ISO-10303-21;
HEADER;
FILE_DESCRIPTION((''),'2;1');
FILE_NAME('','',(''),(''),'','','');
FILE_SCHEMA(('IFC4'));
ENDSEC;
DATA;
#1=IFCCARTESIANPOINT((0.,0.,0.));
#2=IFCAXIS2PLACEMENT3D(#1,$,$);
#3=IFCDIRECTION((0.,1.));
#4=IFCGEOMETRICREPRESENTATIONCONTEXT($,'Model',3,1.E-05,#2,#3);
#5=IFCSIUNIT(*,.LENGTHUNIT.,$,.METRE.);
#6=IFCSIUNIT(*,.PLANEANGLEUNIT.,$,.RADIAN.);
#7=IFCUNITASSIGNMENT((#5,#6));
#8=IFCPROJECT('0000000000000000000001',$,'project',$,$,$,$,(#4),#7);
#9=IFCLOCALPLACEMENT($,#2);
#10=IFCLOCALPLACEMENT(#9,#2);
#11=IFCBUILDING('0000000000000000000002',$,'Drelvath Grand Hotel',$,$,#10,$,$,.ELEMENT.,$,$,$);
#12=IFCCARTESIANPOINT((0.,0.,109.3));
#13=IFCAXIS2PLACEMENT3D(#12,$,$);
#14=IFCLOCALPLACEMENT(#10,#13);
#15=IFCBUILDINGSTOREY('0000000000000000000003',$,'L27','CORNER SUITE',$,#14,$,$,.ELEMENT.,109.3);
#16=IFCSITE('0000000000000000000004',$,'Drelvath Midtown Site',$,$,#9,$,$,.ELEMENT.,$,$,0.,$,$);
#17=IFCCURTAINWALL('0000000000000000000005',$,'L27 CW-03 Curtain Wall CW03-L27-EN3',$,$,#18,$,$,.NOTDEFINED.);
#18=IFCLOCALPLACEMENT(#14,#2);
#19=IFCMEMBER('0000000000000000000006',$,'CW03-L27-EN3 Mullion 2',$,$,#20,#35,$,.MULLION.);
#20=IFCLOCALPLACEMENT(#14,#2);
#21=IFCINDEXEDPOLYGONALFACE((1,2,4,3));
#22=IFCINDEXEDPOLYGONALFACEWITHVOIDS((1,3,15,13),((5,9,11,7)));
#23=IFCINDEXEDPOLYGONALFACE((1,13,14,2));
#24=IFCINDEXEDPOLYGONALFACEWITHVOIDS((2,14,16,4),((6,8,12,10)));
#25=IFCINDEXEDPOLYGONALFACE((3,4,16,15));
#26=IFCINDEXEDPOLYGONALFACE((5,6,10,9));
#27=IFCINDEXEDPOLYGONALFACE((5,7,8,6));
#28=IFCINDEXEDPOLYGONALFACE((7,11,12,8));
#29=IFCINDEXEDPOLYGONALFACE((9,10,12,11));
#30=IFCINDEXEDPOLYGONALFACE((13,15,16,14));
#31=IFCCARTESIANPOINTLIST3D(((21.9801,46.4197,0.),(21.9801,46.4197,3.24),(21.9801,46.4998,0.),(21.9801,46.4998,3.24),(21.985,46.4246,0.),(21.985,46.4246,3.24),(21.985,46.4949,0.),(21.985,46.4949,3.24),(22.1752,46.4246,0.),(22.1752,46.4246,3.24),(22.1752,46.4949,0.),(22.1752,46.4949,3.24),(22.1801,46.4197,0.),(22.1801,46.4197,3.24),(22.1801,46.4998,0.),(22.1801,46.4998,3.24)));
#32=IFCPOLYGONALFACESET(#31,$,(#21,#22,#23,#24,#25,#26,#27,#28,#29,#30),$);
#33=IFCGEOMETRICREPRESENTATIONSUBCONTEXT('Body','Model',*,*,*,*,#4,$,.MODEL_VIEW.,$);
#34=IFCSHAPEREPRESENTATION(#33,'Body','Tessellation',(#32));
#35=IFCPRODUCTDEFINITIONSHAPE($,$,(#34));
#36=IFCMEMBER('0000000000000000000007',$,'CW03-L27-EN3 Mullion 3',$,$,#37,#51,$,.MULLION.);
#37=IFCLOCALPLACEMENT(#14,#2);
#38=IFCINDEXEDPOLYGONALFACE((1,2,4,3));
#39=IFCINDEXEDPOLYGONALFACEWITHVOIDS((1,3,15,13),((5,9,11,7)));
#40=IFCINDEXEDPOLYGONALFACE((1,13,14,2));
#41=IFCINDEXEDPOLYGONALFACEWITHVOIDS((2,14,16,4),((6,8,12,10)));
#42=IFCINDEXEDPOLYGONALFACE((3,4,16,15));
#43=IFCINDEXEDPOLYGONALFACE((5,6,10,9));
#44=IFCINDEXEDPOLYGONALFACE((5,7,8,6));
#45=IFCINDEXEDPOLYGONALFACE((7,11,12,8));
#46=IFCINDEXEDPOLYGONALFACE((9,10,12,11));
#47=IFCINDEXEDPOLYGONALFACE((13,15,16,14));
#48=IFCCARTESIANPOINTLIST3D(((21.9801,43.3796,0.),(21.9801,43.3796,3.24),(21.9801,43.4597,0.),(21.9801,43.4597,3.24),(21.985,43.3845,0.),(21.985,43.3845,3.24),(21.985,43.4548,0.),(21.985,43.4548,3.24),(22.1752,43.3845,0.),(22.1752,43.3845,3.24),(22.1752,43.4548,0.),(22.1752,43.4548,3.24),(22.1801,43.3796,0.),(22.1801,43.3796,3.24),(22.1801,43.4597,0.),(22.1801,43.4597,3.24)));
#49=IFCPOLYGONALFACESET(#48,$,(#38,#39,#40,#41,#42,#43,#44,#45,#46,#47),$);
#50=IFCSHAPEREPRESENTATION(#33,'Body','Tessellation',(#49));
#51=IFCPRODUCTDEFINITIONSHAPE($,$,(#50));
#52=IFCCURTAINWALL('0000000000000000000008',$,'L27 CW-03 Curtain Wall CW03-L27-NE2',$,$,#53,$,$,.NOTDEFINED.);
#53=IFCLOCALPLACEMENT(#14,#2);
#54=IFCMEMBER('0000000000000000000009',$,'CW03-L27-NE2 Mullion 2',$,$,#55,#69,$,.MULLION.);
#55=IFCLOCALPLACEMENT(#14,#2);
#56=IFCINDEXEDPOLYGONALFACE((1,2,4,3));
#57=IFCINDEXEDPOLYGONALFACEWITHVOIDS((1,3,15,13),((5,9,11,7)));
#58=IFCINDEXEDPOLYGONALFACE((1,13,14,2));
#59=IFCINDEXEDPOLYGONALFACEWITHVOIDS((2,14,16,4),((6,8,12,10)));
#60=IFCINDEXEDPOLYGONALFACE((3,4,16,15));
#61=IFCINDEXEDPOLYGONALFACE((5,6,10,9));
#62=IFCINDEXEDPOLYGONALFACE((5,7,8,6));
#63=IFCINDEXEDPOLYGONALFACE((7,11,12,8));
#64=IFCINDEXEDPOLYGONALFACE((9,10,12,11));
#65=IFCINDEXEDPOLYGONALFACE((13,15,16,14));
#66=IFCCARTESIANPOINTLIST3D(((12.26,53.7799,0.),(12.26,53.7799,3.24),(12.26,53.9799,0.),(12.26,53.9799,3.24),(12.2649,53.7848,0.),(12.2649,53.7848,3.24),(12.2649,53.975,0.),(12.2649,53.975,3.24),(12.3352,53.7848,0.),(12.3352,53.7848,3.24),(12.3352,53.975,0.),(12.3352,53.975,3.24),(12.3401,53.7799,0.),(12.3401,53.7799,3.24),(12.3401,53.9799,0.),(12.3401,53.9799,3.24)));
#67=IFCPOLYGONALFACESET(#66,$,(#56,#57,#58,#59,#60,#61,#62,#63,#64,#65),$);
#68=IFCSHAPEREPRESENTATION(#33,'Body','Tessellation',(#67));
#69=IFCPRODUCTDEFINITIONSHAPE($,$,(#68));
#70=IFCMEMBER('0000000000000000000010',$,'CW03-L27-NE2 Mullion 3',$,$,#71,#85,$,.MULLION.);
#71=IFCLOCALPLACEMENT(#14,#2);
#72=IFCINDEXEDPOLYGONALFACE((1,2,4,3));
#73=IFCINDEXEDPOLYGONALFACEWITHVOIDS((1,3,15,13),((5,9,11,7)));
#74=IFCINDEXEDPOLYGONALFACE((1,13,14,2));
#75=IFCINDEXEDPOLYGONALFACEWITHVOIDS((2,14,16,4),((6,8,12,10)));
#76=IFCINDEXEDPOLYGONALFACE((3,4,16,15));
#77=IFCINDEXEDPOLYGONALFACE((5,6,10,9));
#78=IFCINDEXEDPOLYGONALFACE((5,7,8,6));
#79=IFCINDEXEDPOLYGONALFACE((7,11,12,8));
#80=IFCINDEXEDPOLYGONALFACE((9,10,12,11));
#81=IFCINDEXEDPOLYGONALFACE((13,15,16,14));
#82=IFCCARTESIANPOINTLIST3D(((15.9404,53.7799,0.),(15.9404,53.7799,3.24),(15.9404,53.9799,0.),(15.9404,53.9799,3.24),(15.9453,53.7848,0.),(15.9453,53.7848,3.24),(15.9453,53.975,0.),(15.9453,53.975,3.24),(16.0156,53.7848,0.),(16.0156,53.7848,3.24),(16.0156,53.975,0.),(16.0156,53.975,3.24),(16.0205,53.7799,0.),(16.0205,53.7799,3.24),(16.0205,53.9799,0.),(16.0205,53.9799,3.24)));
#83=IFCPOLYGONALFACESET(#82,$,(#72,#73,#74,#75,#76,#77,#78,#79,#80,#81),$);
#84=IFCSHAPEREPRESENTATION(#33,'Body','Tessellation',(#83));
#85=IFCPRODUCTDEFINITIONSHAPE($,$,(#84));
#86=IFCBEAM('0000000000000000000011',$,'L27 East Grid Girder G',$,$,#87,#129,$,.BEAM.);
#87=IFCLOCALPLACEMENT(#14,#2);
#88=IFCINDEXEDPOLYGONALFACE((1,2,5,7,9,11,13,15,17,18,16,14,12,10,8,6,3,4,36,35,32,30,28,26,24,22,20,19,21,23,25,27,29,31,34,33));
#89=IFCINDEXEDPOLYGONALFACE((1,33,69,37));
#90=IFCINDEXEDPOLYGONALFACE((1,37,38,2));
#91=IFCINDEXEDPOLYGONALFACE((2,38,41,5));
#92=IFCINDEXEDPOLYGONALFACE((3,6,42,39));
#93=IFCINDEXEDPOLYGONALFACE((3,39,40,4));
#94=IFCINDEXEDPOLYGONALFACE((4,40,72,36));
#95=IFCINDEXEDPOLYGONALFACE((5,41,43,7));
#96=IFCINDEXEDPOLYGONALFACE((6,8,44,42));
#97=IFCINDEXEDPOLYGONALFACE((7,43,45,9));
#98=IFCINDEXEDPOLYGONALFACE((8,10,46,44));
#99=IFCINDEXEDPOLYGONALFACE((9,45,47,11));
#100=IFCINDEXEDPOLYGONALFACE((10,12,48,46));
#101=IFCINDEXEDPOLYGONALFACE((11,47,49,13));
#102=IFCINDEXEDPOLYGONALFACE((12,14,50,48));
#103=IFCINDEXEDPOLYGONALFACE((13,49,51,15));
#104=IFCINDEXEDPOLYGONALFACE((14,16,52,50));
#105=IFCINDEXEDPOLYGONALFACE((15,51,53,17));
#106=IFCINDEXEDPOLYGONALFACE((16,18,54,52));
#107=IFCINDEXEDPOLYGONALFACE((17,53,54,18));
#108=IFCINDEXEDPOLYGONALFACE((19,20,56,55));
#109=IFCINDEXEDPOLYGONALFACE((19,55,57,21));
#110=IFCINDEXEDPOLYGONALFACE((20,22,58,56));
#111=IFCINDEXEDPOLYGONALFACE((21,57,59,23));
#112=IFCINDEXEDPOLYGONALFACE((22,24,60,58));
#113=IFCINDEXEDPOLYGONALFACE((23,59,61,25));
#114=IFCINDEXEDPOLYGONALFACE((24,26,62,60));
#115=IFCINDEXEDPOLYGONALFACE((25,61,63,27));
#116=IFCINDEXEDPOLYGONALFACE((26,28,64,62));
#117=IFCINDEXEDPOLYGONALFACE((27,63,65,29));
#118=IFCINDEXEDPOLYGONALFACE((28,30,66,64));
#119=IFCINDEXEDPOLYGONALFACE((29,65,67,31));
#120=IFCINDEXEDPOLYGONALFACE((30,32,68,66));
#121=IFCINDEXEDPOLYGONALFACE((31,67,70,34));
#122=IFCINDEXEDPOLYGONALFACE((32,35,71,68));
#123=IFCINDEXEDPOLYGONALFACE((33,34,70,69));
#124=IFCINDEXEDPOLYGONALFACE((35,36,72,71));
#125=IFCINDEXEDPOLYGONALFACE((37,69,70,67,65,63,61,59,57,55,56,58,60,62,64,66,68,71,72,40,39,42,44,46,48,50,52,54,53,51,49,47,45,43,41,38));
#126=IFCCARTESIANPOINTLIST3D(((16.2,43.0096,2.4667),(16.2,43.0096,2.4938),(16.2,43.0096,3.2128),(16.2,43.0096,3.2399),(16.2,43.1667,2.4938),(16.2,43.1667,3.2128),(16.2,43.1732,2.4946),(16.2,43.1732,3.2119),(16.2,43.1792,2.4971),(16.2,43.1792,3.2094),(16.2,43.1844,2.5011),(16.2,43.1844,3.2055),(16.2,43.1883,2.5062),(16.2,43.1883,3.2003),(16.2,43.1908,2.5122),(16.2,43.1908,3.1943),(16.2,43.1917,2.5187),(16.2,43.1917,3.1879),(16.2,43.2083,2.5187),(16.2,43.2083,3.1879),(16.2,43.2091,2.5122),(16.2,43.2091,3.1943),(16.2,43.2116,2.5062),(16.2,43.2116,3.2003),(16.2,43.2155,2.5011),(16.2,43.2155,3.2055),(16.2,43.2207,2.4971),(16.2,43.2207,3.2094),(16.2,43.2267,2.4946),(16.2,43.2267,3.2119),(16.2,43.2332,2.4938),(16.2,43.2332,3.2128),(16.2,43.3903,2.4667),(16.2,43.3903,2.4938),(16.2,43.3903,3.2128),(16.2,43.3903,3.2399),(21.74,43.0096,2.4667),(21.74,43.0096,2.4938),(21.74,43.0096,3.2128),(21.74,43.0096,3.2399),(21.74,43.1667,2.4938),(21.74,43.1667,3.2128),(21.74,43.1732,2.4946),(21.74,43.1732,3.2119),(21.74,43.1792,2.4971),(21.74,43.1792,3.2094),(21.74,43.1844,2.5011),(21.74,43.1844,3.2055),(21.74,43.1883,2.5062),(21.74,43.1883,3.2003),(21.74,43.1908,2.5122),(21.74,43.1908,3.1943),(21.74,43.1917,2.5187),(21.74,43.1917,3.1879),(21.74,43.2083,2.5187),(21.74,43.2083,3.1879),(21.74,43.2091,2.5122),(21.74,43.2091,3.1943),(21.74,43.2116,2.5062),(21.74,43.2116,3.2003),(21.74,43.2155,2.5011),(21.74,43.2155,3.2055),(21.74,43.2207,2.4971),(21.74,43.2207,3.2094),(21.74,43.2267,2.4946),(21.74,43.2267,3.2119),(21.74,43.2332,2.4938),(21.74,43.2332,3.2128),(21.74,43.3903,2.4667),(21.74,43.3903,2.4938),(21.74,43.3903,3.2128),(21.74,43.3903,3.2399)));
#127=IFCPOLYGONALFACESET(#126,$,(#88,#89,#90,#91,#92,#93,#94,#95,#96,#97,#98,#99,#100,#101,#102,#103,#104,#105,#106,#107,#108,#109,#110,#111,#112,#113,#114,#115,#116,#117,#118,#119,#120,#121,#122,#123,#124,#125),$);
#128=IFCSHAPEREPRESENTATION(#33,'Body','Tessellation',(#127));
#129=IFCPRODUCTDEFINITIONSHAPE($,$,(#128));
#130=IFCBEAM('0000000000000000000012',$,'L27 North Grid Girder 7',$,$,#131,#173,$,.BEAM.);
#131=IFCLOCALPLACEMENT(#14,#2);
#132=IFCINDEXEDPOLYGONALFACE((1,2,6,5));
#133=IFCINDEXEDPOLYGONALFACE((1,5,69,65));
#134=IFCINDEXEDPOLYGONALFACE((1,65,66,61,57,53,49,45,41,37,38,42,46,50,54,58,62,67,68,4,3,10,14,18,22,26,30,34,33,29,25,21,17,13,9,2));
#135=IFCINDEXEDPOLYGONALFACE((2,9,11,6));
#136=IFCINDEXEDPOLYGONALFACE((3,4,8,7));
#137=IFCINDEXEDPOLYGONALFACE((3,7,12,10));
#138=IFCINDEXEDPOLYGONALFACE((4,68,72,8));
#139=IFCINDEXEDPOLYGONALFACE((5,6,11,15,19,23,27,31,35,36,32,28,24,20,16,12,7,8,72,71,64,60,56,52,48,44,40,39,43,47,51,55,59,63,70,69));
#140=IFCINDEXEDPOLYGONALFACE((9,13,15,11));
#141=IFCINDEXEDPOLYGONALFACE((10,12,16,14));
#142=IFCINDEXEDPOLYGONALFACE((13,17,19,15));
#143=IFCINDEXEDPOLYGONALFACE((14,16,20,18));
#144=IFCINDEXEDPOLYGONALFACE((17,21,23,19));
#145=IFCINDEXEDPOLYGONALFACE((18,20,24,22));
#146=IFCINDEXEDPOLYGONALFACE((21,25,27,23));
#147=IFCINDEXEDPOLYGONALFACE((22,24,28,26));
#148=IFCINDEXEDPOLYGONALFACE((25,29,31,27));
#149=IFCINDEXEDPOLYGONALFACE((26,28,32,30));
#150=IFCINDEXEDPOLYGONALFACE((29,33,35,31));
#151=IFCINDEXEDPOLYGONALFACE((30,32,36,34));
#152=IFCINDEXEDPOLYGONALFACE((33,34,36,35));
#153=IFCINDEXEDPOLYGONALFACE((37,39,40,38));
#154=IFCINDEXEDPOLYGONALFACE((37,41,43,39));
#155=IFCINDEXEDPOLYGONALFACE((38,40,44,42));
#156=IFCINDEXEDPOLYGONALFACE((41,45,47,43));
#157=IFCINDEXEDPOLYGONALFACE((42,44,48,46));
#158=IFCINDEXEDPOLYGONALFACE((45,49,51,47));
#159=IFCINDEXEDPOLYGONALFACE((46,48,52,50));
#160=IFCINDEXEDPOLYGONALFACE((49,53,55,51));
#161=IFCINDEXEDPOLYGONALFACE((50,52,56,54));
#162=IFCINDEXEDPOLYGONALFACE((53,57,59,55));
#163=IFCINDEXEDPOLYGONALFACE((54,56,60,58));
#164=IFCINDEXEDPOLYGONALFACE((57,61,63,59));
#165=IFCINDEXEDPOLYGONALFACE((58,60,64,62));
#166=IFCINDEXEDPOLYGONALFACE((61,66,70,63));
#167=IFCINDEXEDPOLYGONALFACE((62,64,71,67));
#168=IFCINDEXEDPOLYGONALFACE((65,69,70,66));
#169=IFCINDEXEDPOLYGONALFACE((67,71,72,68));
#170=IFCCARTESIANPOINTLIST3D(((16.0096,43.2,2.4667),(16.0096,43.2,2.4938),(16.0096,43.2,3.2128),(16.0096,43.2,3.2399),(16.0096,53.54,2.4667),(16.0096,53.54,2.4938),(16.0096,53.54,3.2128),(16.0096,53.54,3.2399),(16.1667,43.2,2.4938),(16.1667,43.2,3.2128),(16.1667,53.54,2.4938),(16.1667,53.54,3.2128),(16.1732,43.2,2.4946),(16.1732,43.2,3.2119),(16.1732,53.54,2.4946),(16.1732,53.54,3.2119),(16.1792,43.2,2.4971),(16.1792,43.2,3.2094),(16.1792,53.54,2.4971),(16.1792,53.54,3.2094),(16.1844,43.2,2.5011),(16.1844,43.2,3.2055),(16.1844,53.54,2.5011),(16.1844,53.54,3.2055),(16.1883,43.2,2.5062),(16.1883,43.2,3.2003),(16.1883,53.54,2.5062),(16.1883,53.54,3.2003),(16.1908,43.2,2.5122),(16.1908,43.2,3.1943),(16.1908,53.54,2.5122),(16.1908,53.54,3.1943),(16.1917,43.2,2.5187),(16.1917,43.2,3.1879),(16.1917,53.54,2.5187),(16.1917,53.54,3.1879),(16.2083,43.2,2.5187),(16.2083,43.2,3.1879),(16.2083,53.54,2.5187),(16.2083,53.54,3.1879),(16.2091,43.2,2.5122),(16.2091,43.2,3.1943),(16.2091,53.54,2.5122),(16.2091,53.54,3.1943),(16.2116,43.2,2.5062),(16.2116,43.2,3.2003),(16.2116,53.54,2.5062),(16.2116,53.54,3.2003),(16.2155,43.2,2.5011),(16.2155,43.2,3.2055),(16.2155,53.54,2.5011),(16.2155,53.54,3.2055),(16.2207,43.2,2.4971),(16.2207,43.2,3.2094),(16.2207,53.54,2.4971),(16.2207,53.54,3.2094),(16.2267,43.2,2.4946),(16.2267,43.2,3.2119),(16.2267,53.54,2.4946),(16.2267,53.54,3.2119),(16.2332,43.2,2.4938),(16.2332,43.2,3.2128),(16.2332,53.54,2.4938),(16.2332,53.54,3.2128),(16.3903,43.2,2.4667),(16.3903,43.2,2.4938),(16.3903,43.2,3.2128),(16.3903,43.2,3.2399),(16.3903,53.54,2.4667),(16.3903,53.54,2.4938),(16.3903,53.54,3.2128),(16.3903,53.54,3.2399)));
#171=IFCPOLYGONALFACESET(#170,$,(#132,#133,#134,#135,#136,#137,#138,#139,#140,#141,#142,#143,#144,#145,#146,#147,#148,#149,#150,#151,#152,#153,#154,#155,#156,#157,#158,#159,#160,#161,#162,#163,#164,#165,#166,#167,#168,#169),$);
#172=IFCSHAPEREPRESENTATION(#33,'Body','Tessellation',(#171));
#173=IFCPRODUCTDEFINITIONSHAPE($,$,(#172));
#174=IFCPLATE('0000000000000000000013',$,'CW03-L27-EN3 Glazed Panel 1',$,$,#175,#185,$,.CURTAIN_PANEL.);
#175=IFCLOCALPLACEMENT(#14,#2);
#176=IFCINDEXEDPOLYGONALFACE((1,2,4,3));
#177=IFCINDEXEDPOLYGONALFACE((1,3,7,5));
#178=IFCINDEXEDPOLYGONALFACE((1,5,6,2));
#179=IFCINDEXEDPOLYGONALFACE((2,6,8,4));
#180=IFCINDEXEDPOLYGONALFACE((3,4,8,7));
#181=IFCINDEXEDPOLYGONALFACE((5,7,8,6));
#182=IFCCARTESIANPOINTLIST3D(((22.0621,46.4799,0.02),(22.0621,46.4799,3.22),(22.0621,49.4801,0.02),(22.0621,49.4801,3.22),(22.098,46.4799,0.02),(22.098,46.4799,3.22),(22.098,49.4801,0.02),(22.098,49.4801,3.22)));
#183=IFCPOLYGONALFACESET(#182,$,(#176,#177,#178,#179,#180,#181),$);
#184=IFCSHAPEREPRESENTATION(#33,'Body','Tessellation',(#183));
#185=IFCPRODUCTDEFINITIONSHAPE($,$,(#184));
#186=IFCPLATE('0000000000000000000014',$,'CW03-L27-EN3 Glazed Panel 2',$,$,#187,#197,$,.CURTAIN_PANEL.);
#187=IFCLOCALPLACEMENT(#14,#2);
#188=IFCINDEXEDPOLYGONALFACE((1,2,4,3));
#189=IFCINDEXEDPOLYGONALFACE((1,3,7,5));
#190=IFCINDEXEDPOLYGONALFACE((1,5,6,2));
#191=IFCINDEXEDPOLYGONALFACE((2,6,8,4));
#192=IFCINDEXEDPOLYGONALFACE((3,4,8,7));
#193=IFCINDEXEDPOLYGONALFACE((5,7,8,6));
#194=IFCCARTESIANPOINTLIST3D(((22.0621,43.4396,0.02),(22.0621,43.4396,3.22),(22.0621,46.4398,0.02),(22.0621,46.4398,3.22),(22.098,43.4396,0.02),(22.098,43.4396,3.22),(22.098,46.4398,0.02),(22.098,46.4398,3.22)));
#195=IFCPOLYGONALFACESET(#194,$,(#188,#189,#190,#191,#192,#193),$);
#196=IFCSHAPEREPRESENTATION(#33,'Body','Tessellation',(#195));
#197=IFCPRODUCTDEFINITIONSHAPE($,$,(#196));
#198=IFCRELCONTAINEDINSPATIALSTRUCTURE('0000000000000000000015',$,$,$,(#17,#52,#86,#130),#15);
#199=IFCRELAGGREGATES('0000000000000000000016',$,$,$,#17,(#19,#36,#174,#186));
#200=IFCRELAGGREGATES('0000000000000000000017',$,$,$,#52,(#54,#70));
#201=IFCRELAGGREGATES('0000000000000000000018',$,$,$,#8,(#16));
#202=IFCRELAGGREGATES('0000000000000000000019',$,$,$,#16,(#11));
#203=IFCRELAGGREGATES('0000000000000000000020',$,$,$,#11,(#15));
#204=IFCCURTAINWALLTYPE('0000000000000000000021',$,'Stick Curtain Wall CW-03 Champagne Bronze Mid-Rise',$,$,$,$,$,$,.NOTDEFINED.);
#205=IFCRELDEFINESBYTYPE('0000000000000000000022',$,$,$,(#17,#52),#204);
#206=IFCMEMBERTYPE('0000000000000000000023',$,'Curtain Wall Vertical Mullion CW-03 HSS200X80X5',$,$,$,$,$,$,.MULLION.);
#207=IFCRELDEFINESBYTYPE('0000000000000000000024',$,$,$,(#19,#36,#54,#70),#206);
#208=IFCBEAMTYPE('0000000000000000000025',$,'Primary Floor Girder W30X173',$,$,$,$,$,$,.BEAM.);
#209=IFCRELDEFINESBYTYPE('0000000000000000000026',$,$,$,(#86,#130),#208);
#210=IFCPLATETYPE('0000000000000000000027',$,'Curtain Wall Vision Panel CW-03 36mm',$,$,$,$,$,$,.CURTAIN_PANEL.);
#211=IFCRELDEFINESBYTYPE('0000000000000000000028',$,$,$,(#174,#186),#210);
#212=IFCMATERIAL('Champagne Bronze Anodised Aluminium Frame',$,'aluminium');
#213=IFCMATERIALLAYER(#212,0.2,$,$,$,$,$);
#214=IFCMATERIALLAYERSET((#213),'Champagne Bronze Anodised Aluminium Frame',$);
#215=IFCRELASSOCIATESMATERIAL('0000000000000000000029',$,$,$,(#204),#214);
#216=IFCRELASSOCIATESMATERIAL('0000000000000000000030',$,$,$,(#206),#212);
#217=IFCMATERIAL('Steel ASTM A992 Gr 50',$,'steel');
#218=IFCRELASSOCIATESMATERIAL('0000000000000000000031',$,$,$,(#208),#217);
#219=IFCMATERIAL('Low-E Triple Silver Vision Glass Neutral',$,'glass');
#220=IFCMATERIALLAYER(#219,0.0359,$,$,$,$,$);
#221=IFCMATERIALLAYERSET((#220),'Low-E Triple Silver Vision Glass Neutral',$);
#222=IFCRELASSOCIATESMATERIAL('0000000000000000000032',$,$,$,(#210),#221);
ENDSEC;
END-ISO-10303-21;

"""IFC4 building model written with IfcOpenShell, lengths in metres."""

from ifc_helpers import new_model, si_unit, direction, frame, origin, origin_2d, place, context, subcontext, project, spatial, rectangle, hollow_rectangle, i_section, extrude, material, layer, layer_set, material_profile, profile_set, type_object, element, aggregate, save


model = new_model("IFC4")

# Units and contexts
model_context = context("Model", 3, precision=1e-05, world=origin(), true_north=direction((0.0, 1.0)))
body_context = subcontext(model_context, "Body", "Model", "MODEL_VIEW")
ifc_project = project(units=[si_unit("LENGTHUNIT", "METRE"), si_unit("PLANEANGLEUNIT", "RADIAN")], contexts=[model_context])

# Site, building, storey
site_placement = place(None, origin())
site = spatial("IfcSite", under=ifc_project, at=site_placement, Name="Drelvath Midtown Site", CompositionType="ELEMENT", RefElevation=0.0)
building_placement = place(site_placement, origin())
building = spatial("IfcBuilding", under=site, at=building_placement, Name="Drelvath Grand Hotel", CompositionType="ELEMENT")
storey_placement = place(building_placement, frame((0.0, 0.0, 109.3)))
storey = spatial("IfcBuildingStorey", under=building, at=storey_placement, Name="L27", Description="CORNER SUITE", CompositionType="ELEMENT", Elevation=109.3)

# Curtain wall
ifc_material_1 = material(Name="Champagne Bronze Anodised Aluminium Frame", Category="aluminium")
ifc_layer_1 = layer(ifc_material_1, 0.2)
ifc_layer_set_1 = layer_set([ifc_layer_1], Name="Champagne Bronze Anodised Aluminium Frame")
curtain_wall_type = type_object("IfcCurtainWallType", Name="Stick Curtain Wall CW-03 Champagne Bronze Mid-Rise", PredefinedType="NOTDEFINED", material=ifc_layer_set_1)
curtain_wall_1_placement = place(storey_placement, origin())
curtain_wall_1 = element("IfcCurtainWall", 1, at=curtain_wall_1_placement, inside=storey, type_object=curtain_wall_type, Name="L27 CW-03 Curtain Wall CW03-L27-EN3", PredefinedType="NOTDEFINED")

# Members
ifc_material_profile_1 = material_profile(ifc_material_1, hollow_rectangle(XDim=0.0801, YDim=0.2, WallThickness=0.0049, at=origin_2d()), Name="HSS200X80X5")
ifc_profile_set_1 = profile_set([ifc_material_profile_1], Name="Champagne Bronze Anodised Aluminium Frame")
member_type_1 = type_object("IfcMemberType", Name="Curtain Wall Vertical Mullion CW-03 HSS200X80X5", PredefinedType="MULLION", material=ifc_profile_set_1)
member_1_placement = place(storey_placement, frame((22.0801, 46.4597, 0.0), z_axis=(0.0, 0.0, 1.0), x_axis=(0.0, 1.0, 0.0)))
member_1 = element("IfcMember", 2, at=member_1_placement, type_object=member_type_1, Name="CW03-L27-EN3 Mullion 2", PredefinedType="MULLION", context=body_context, shape_type="SweptSolid", body=[
    extrude(hollow_rectangle(XDim=0.0801, YDim=0.2, WallThickness=0.0049, at=origin_2d()), origin(), (0.0, 0.0, 1.0), 3.24),
])
member_2_placement = place(storey_placement, frame((22.0801, 43.4197, 0.0), z_axis=(0.0, 0.0, 1.0), x_axis=(0.0, 1.0, 0.0)))
member_2 = element("IfcMember", 3, at=member_2_placement, type_object=member_type_1, Name="CW03-L27-EN3 Mullion 3", PredefinedType="MULLION", context=body_context, shape_type="SweptSolid", body=[
    extrude(hollow_rectangle(XDim=0.0801, YDim=0.2, WallThickness=0.0049, at=origin_2d()), origin(), (0.0, 0.0, 1.0), 3.24),
])

# Curtain wall, members
curtain_wall_2_placement = place(storey_placement, origin())
curtain_wall_2 = element("IfcCurtainWall", 4, at=curtain_wall_2_placement, inside=storey, type_object=curtain_wall_type, Name="L27 CW-03 Curtain Wall CW03-L27-NE2", PredefinedType="NOTDEFINED")
member_3_placement = place(storey_placement, frame((12.3, 53.8799, 0.0), z_axis=(0.0, 0.0, 1.0), x_axis=(1.0, 0.0, 0.0)))
member_3 = element("IfcMember", 5, at=member_3_placement, type_object=member_type_1, Name="CW03-L27-NE2 Mullion 2", PredefinedType="MULLION", context=body_context, shape_type="SweptSolid", body=[
    extrude(hollow_rectangle(XDim=0.0801, YDim=0.2, WallThickness=0.0049, at=origin_2d()), origin(), (0.0, 0.0, 1.0), 3.24),
])
member_4_placement = place(storey_placement, frame((15.9805, 53.8799, 0.0), z_axis=(0.0, 0.0, 1.0), x_axis=(1.0, 0.0, 0.0)))
member_4 = element("IfcMember", 6, at=member_4_placement, type_object=member_type_1, Name="CW03-L27-NE2 Mullion 3", PredefinedType="MULLION", context=body_context, shape_type="SweptSolid", body=[
    extrude(hollow_rectangle(XDim=0.0801, YDim=0.2, WallThickness=0.0049, at=origin_2d()), origin(), (0.0, 0.0, 1.0), 3.24),
])

# Beams
ifc_material_2 = material(Name="Steel ASTM A992 Gr 50", Category="steel")
ifc_material_profile_2 = material_profile(ifc_material_2, i_section(OverallWidth=0.3806, OverallDepth=0.7732, WebThickness=0.0166, FlangeThickness=0.0271, FilletRadius=0.0249, at=origin_2d()), Name="W30X173")
ifc_profile_set_2 = profile_set([ifc_material_profile_2], Name="Steel ASTM A992 Gr 50")
beam_type = type_object("IfcBeamType", Name="Primary Floor Girder W30X173", PredefinedType="BEAM", material=ifc_profile_set_2)
beam_1_placement = place(storey_placement, frame((16.2, 43.2, 2.8533), z_axis=(1.0, 0.0, 0.0), x_axis=(0.0, 1.0, 0.0)))
element("IfcBeam", 7, at=beam_1_placement, inside=storey, type_object=beam_type, Name="L27 East Grid Girder G", PredefinedType="BEAM", context=body_context, shape_type="SweptSolid", body=[
    extrude(i_section(OverallWidth=0.3806, OverallDepth=0.7732, WebThickness=0.0166, FlangeThickness=0.0271, FilletRadius=0.0249, at=origin_2d()), origin(), (0.0, 0.0, 1.0), 5.54),
])
beam_2_placement = place(storey_placement, frame((16.2, 43.2, 2.8533), z_axis=(0.0, 1.0, 0.0), x_axis=(-1.0, 0.0, 0.0)))
element("IfcBeam", 8, at=beam_2_placement, inside=storey, type_object=beam_type, Name="L27 North Grid Girder 7", PredefinedType="BEAM", context=body_context, shape_type="SweptSolid", body=[
    extrude(i_section(OverallWidth=0.3806, OverallDepth=0.7732, WebThickness=0.0166, FlangeThickness=0.0271, FilletRadius=0.0249, at=origin_2d()), origin(), (0.0, 0.0, 1.0), 10.3401),
])

# Plates
ifc_material_3 = material(Name="Low-E Triple Silver Vision Glass Neutral", Category="glass")
ifc_layer_2 = layer(ifc_material_3, 0.0359)
ifc_layer_set_2 = layer_set([ifc_layer_2], Name="Low-E Triple Silver Vision Glass Neutral")
plate_type = type_object("IfcPlateType", Name="Curtain Wall Vision Panel CW-03 36mm", PredefinedType="CURTAIN_PANEL", material=ifc_layer_set_2)
plate_1_placement = place(storey_placement, frame((22.0801, 47.98, 0.02), z_axis=(0.0, 0.0, 1.0), x_axis=(0.0, -1.0, 0.0)))
plate_1 = element("IfcPlate", 9, at=plate_1_placement, type_object=plate_type, Name="CW03-L27-EN3 Glazed Panel 1", PredefinedType="CURTAIN_PANEL", context=body_context, shape_type="SweptSolid", body=[
    extrude(rectangle(XDim=3.0002, YDim=0.0359, at=origin_2d()), origin(), (0.0, 0.0, 1.0), 3.2),
])
plate_2_placement = place(storey_placement, frame((22.0801, 44.9397, 0.02), z_axis=(0.0, 0.0, 1.0), x_axis=(0.0, -1.0, 0.0)))
plate_2 = element("IfcPlate", 10, at=plate_2_placement, type_object=plate_type, Name="CW03-L27-EN3 Glazed Panel 2", PredefinedType="CURTAIN_PANEL", context=body_context, shape_type="SweptSolid", body=[
    extrude(rectangle(XDim=3.0002, YDim=0.0359, at=origin_2d()), origin(), (0.0, 0.0, 1.0), 3.2),
])
aggregate(curtain_wall_1, [member_1, member_2, plate_1, plate_2])
aggregate(curtain_wall_2, [member_3, member_4])

save(model, "model.ifc")
